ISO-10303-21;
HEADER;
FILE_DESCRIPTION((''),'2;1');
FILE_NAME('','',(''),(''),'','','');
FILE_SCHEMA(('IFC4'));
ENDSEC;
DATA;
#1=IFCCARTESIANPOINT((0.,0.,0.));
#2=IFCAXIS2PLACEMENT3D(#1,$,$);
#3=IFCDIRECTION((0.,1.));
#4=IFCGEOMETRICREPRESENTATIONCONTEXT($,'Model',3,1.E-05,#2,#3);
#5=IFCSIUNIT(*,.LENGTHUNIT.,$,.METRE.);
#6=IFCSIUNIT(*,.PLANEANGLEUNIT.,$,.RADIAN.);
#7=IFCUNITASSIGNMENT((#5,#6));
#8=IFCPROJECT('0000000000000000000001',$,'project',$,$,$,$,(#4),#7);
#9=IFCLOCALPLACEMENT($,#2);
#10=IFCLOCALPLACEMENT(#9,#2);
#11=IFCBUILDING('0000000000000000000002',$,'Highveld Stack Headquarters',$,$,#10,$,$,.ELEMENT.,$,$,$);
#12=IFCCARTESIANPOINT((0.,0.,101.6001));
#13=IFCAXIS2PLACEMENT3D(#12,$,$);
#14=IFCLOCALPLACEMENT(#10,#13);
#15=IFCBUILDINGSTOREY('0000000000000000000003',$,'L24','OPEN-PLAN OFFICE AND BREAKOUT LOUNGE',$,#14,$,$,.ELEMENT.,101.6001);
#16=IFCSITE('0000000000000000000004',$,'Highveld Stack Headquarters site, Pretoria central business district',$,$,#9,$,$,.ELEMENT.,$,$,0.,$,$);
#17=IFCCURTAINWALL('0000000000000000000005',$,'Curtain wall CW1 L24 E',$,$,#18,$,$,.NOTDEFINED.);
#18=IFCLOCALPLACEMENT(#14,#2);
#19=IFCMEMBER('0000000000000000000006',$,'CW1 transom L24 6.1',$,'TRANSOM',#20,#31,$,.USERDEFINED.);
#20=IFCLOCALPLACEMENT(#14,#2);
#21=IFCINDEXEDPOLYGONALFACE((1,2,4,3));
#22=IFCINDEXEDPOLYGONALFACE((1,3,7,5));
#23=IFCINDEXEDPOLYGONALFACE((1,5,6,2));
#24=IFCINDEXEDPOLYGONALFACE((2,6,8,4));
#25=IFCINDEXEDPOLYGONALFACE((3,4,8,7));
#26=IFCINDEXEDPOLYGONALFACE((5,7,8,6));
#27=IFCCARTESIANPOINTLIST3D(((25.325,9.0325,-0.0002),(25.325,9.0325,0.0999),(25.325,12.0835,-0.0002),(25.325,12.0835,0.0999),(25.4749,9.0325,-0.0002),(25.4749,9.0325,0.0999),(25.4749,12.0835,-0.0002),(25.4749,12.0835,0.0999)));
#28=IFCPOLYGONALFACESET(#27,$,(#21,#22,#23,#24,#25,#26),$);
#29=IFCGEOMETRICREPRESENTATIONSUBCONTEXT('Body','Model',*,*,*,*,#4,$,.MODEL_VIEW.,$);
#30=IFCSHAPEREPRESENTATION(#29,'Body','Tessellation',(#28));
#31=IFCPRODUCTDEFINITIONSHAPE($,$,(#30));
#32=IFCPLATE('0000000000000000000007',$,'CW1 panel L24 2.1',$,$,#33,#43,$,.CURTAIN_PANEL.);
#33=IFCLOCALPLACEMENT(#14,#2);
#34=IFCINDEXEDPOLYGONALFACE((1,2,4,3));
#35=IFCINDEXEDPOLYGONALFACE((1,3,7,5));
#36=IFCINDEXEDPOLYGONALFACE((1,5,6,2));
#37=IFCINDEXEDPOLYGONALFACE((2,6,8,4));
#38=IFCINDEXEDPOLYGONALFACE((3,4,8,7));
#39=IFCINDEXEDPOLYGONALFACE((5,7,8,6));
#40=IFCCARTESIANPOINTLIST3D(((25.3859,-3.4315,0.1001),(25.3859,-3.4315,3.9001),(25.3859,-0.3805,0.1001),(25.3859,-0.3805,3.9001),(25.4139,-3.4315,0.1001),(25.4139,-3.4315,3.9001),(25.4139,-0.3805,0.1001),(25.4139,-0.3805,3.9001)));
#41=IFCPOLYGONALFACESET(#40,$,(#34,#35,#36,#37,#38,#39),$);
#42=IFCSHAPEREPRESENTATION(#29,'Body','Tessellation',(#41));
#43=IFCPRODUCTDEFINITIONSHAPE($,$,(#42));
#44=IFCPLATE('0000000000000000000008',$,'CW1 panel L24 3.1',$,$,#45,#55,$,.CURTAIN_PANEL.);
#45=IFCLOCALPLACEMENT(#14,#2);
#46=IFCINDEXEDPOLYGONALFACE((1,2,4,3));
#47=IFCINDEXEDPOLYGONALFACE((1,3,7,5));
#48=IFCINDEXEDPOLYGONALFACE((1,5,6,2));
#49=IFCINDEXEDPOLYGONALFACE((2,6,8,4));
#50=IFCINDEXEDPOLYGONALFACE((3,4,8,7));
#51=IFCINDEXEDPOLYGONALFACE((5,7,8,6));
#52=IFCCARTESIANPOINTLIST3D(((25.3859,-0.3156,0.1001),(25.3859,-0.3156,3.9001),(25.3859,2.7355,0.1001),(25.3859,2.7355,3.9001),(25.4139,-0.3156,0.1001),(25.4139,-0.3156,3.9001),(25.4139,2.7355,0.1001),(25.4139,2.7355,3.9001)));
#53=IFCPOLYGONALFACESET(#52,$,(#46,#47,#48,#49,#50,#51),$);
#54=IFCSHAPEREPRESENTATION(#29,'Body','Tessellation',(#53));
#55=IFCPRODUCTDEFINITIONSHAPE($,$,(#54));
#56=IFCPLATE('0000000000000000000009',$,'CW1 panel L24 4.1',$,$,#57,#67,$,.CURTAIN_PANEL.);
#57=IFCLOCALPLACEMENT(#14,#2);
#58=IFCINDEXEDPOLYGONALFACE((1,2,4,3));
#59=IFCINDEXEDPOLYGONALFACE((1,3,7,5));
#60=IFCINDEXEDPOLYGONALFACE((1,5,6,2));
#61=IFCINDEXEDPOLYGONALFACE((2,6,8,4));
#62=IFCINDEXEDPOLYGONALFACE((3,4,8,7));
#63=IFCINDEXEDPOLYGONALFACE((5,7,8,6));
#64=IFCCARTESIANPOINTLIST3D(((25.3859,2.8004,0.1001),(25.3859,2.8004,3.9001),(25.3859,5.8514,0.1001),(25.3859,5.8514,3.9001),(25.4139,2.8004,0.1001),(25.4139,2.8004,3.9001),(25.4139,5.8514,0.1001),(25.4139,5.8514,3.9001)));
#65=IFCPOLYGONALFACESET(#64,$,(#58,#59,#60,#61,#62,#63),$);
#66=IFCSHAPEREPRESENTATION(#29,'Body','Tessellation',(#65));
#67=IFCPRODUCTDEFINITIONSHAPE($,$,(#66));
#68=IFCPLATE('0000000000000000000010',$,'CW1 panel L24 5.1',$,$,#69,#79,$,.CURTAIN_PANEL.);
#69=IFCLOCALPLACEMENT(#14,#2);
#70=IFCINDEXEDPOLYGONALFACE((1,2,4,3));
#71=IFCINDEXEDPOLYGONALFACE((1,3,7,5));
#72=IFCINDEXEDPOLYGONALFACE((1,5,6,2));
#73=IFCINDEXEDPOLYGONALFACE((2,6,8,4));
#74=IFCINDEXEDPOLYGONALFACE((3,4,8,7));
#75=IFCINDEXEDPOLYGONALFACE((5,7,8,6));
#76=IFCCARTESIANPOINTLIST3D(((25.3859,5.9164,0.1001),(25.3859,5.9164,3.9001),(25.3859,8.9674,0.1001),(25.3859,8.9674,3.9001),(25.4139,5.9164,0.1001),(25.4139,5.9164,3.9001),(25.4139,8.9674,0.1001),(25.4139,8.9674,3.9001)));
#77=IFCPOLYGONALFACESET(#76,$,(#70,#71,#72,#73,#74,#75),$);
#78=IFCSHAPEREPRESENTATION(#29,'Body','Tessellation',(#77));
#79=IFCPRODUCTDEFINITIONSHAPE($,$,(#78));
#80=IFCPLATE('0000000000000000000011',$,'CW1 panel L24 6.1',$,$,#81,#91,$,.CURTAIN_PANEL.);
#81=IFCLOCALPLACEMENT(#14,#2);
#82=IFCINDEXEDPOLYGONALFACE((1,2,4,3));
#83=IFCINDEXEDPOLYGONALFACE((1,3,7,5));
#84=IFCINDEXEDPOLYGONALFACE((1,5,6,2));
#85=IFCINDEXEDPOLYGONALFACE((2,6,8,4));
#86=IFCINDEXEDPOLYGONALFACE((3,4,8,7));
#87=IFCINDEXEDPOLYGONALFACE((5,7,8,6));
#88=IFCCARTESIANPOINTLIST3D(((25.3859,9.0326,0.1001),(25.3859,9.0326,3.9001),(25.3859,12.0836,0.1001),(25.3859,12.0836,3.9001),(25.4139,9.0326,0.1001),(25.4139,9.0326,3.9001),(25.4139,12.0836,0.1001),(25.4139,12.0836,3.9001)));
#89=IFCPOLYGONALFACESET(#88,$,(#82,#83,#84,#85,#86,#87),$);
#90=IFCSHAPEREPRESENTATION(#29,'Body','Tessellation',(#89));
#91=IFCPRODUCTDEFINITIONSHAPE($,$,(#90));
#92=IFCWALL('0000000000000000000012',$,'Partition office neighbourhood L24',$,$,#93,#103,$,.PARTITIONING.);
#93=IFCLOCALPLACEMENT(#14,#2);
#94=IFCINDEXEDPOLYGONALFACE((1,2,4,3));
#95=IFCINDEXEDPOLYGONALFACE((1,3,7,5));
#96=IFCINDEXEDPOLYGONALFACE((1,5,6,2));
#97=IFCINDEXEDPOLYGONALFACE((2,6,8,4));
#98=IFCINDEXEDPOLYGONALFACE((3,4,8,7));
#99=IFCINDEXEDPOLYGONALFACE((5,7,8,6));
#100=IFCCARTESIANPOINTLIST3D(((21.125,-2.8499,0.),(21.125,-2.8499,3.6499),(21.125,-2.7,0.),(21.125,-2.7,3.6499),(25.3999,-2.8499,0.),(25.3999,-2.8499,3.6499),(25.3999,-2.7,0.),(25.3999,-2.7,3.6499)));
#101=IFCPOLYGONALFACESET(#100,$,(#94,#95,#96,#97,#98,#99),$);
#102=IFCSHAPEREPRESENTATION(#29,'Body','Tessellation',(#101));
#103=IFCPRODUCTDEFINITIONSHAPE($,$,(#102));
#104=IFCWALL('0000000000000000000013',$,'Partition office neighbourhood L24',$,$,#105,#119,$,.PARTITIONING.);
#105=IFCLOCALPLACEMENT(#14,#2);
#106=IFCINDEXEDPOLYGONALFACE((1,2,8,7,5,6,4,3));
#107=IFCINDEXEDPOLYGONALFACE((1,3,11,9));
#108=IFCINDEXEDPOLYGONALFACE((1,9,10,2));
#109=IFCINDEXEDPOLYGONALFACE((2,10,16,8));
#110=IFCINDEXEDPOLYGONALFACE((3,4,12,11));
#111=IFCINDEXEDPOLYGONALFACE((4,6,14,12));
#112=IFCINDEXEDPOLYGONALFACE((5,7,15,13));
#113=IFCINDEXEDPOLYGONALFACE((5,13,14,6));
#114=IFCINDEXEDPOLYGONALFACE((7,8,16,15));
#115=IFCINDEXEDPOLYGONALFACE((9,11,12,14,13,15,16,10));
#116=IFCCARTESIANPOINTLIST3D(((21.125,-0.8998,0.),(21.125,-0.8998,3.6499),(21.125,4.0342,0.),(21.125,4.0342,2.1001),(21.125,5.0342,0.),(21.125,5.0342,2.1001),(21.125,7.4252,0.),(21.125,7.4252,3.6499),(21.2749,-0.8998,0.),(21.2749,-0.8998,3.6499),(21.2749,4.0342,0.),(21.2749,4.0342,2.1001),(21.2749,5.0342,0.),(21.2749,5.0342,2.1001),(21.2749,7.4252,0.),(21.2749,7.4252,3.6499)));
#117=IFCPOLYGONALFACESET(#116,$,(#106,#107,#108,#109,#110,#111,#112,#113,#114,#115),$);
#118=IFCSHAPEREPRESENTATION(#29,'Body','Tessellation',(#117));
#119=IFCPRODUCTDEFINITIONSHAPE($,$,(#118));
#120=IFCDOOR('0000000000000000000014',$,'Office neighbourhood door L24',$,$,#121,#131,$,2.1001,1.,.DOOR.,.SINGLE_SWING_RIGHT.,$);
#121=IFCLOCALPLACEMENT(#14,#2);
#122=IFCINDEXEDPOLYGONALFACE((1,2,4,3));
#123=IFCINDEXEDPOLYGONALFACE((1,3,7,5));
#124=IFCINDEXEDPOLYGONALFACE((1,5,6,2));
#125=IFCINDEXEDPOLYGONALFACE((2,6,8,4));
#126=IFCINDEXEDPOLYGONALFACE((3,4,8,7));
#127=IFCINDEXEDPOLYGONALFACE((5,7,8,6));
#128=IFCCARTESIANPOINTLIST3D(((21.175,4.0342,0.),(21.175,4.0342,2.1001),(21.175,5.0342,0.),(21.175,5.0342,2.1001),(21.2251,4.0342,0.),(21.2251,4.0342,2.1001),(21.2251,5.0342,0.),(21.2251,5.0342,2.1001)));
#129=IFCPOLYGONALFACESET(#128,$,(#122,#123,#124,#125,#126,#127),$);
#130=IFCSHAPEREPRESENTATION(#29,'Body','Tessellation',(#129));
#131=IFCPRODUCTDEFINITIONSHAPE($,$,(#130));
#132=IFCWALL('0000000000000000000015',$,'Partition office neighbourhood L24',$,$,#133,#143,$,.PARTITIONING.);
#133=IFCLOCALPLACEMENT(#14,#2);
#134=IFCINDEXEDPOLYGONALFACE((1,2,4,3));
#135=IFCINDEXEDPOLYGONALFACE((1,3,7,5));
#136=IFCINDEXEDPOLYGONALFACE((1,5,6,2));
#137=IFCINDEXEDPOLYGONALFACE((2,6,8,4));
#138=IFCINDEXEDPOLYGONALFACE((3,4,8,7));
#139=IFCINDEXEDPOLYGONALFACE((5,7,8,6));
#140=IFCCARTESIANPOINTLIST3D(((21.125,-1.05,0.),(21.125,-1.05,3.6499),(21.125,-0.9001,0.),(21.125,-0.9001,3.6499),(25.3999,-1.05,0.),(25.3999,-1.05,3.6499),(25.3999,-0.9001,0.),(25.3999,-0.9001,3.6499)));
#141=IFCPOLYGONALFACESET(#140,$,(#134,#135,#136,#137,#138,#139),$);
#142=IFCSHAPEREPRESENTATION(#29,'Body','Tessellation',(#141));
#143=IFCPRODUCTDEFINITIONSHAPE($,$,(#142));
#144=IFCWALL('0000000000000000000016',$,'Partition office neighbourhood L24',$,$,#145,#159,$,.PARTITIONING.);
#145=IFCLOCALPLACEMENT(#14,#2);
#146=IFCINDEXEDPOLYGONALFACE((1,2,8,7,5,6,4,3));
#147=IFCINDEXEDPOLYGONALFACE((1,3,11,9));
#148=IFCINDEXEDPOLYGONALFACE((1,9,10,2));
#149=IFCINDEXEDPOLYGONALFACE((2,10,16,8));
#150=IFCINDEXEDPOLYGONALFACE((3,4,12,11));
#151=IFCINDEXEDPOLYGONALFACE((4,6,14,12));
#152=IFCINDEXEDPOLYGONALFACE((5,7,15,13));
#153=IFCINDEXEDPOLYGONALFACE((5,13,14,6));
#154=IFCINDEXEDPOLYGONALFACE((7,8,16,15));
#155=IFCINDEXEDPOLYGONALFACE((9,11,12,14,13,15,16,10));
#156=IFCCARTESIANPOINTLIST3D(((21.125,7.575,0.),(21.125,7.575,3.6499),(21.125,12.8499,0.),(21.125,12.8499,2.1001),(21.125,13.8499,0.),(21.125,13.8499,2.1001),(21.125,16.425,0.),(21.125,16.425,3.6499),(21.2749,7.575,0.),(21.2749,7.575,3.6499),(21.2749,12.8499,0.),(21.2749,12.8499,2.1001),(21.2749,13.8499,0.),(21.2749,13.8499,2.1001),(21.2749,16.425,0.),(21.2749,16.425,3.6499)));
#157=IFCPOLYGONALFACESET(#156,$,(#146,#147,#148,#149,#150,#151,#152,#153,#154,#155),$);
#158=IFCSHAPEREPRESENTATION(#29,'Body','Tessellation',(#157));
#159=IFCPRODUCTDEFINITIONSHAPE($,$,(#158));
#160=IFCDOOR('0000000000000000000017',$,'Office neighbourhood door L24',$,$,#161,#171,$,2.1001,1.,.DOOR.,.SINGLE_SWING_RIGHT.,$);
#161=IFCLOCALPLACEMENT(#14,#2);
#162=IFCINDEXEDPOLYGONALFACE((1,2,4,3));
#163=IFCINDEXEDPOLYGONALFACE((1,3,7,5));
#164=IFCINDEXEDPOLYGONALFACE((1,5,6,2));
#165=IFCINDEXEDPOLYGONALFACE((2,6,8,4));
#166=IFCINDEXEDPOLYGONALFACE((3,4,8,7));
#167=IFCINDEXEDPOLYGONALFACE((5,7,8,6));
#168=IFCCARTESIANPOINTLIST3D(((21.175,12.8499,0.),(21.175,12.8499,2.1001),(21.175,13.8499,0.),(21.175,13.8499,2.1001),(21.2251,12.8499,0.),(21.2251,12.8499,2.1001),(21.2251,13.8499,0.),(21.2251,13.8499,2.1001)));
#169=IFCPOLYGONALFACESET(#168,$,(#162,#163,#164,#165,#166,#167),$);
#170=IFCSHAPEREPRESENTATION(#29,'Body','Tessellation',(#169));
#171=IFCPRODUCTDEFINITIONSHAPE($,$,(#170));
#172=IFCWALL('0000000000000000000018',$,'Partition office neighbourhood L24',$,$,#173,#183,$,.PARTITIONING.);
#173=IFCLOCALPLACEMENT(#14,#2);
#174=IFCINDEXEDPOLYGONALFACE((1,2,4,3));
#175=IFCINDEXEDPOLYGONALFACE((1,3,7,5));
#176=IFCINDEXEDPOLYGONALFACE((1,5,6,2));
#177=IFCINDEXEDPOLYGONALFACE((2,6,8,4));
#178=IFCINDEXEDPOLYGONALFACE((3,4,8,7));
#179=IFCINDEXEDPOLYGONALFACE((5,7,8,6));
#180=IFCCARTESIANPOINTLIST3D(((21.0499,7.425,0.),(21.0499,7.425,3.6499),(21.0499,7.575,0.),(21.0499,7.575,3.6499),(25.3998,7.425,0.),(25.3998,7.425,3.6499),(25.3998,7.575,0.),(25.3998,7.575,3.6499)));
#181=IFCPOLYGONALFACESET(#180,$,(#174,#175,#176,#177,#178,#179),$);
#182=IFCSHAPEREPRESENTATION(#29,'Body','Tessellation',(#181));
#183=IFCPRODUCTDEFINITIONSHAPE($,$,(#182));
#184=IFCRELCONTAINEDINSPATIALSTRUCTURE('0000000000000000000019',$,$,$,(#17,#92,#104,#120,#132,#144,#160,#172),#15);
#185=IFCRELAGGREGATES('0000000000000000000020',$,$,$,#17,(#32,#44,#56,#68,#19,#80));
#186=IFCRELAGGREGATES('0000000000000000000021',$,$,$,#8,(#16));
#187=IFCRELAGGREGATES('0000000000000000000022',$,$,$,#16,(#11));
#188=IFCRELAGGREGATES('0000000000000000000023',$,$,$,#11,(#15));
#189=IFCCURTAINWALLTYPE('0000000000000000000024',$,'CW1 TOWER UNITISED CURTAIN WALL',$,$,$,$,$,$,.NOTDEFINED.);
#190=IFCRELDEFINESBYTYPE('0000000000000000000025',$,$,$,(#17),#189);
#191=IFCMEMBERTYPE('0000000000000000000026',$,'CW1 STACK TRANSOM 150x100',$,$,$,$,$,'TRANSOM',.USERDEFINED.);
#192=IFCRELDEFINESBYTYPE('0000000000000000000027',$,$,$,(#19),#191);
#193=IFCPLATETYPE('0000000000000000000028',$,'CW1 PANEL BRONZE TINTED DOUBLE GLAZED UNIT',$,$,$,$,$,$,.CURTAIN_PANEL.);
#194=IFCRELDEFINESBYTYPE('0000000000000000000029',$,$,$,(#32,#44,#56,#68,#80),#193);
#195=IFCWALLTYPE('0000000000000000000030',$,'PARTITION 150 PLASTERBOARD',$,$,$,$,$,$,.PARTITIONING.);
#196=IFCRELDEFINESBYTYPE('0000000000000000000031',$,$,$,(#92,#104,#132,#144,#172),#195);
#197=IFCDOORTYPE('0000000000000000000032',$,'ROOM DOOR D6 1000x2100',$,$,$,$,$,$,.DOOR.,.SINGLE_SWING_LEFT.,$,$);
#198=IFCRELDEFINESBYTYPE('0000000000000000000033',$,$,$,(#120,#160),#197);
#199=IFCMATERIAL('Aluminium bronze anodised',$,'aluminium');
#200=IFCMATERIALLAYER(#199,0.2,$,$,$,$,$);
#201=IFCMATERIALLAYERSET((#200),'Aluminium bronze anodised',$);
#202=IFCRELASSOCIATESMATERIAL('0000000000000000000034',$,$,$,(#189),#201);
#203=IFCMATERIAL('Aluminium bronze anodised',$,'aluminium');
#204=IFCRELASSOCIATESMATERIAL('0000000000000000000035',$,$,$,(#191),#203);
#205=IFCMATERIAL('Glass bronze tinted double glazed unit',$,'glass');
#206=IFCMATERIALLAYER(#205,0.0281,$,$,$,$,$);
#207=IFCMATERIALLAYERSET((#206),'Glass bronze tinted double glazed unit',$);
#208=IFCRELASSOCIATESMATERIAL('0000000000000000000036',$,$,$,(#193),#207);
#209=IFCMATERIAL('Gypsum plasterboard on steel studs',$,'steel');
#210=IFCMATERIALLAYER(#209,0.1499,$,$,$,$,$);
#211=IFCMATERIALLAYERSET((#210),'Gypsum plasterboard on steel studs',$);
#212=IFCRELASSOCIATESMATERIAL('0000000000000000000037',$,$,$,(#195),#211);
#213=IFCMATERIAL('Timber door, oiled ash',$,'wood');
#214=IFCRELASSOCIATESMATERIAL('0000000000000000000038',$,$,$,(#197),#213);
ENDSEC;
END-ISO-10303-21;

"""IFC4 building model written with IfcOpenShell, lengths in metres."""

from ifc_helpers import new_model, si_unit, direction, frame, frame_2d, origin, origin_2d, place, context, subcontext, project, spatial, rectangle, extrude, material, layer, layer_set, material_profile, profile_set, type_object, element, fill, aggregate, save


model = new_model("IFC4")

# Units and contexts
model_context = context("Model", 3, precision=1e-05, world=origin(), true_north=direction((0.0, 1.0)))
body_context = subcontext(model_context, "Body", "Model", "MODEL_VIEW")
ifc_project = project(units=[si_unit("LENGTHUNIT", "METRE"), si_unit("PLANEANGLEUNIT", "RADIAN")], contexts=[model_context])

# Site, building, storey
site_placement = place(None, origin())
site = spatial("IfcSite", under=ifc_project, at=site_placement, Name="Highveld Stack Headquarters site, Pretoria central business district", CompositionType="ELEMENT", RefElevation=0.0)
building_placement = place(site_placement, origin())
building = spatial("IfcBuilding", under=site, at=building_placement, Name="Highveld Stack Headquarters", CompositionType="ELEMENT")
storey_placement = place(building_placement, frame((0.0, 0.0, 101.6001)))
storey = spatial("IfcBuildingStorey", under=building, at=storey_placement, Name="L24", Description="OPEN-PLAN OFFICE AND BREAKOUT LOUNGE", CompositionType="ELEMENT", Elevation=101.6001)

# Curtain wall, member, plates
ifc_material_1 = material(Name="Aluminium bronze anodised", Category="aluminium")
ifc_layer_1 = layer(ifc_material_1, 0.2)
ifc_layer_set_1 = layer_set([ifc_layer_1], Name="Aluminium bronze anodised")
curtain_wall_type = type_object("IfcCurtainWallType", Name="CW1 TOWER UNITISED CURTAIN WALL", PredefinedType="NOTDEFINED", material=ifc_layer_set_1)
curtain_wall_placement = place(storey_placement, origin())
curtain_wall = element("IfcCurtainWall", 1, at=curtain_wall_placement, inside=storey, type_object=curtain_wall_type, Name="Curtain wall CW1 L24 E", PredefinedType="NOTDEFINED")
ifc_material_2 = material(Name="Aluminium bronze anodised", Category="aluminium")
ifc_material_profile_1 = material_profile(ifc_material_2, rectangle(XDim=0.1499, YDim=0.1001, at=origin_2d()), Name="CW1 TRANSOM 150x100")
ifc_profile_set_1 = profile_set([ifc_material_profile_1], Name="Aluminium bronze anodised")
member_type_1 = type_object("IfcMemberType", Name="CW1 STACK TRANSOM 150x100", ElementType="TRANSOM", PredefinedType="USERDEFINED", material=ifc_profile_set_1)
member_1_placement = place(storey_placement, frame((25.3999, 9.0325, 0.0498), z_axis=(0.0, 1.0, 0.0), x_axis=(-1.0, 0.0, 0.0)))
member_1 = element("IfcMember", 2, at=member_1_placement, type_object=member_type_1, Name="CW1 transom L24 6.1", ObjectType="TRANSOM", PredefinedType="USERDEFINED", context=body_context, shape_type="SweptSolid", body=[
    extrude(rectangle(XDim=0.1499, YDim=0.1001, at=origin_2d()), origin(), (0.0, 0.0, 1.0), 3.051),
])
ifc_material_3 = material(Name="Glass bronze tinted double glazed unit", Category="glass")
ifc_layer_2 = layer(ifc_material_3, 0.0281)
ifc_layer_set_2 = layer_set([ifc_layer_2], Name="Glass bronze tinted double glazed unit")
plate_type = type_object("IfcPlateType", Name="CW1 PANEL BRONZE TINTED DOUBLE GLAZED UNIT", PredefinedType="CURTAIN_PANEL", material=ifc_layer_set_2)
plate_1_placement = place(storey_placement, frame((25.3999, -1.906, 0.1001), z_axis=(0.0, 0.0, 1.0), x_axis=(0.0, 1.0, 0.0)))
plate_1 = element("IfcPlate", 3, at=plate_1_placement, type_object=plate_type, Name="CW1 panel L24 2.1", PredefinedType="CURTAIN_PANEL", context=body_context, shape_type="SweptSolid", body=[
    extrude(rectangle(XDim=3.051, YDim=0.0281, at=origin_2d()), origin(), (0.0, 0.0, 1.0), 3.8),
])
plate_2_placement = place(storey_placement, frame((25.3999, 1.21, 0.1001), z_axis=(0.0, 0.0, 1.0), x_axis=(0.0, 1.0, 0.0)))
plate_2 = element("IfcPlate", 4, at=plate_2_placement, type_object=plate_type, Name="CW1 panel L24 3.1", PredefinedType="CURTAIN_PANEL", context=body_context, shape_type="SweptSolid", body=[
    extrude(rectangle(XDim=3.051, YDim=0.0281, at=origin_2d()), origin(), (0.0, 0.0, 1.0), 3.8),
])
plate_3_placement = place(storey_placement, frame((25.3999, 4.3259, 0.1001), z_axis=(0.0, 0.0, 1.0), x_axis=(0.0, 1.0, 0.0)))
plate_3 = element("IfcPlate", 5, at=plate_3_placement, type_object=plate_type, Name="CW1 panel L24 4.1", PredefinedType="CURTAIN_PANEL", context=body_context, shape_type="SweptSolid", body=[
    extrude(rectangle(XDim=3.051, YDim=0.0281, at=origin_2d()), origin(), (0.0, 0.0, 1.0), 3.8),
])
plate_4_placement = place(storey_placement, frame((25.3999, 7.4419, 0.1001), z_axis=(0.0, 0.0, 1.0), x_axis=(0.0, 1.0, 0.0)))
plate_4 = element("IfcPlate", 6, at=plate_4_placement, type_object=plate_type, Name="CW1 panel L24 5.1", PredefinedType="CURTAIN_PANEL", context=body_context, shape_type="SweptSolid", body=[
    extrude(rectangle(XDim=3.051, YDim=0.0281, at=origin_2d()), origin(), (0.0, 0.0, 1.0), 3.8),
])
plate_5_placement = place(storey_placement, frame((25.3999, 10.5581, 0.1001), z_axis=(0.0, 0.0, 1.0), x_axis=(0.0, 1.0, 0.0)))
plate_5 = element("IfcPlate", 7, at=plate_5_placement, type_object=plate_type, Name="CW1 panel L24 6.1", PredefinedType="CURTAIN_PANEL", context=body_context, shape_type="SweptSolid", body=[
    extrude(rectangle(XDim=3.051, YDim=0.0281, at=origin_2d()), origin(), (0.0, 0.0, 1.0), 3.8),
])
aggregate(curtain_wall, [plate_1, plate_2, plate_3, plate_4, member_1, plate_5])

# Wall
ifc_material_4 = material(Name="Gypsum plasterboard on steel studs", Category="steel")
ifc_layer_3 = layer(ifc_material_4, 0.1499)
ifc_layer_set_3 = layer_set([ifc_layer_3], Name="Gypsum plasterboard on steel studs")
wall_type = type_object("IfcWallType", Name="PARTITION 150 PLASTERBOARD", PredefinedType="PARTITIONING", material=ifc_layer_set_3)
wall_1_placement = place(storey_placement, frame((21.125, -2.7749, 0.0), z_axis=(0.0, 0.0, 1.0), x_axis=(1.0, 0.0, 0.0)))
element("IfcWall", 8, at=wall_1_placement, inside=storey, type_object=wall_type, Name="Partition office neighbourhood L24", PredefinedType="PARTITIONING", context=body_context, shape_type="SweptSolid", body=[
    extrude(rectangle(XDim=4.2749, YDim=0.1499, at=frame_2d((2.1375, 0.0))), origin(), (0.0, 0.0, 1.0), 3.6499),
])

# Wall, opening, door
wall_2_placement = place(storey_placement, frame((21.2, -0.8999, 0.0), z_axis=(0.0, 0.0, 1.0), x_axis=(0.0, 1.0, 0.0)))
wall_2 = element("IfcWall", 9, at=wall_2_placement, inside=storey, type_object=wall_type, Name="Partition office neighbourhood L24", PredefinedType="PARTITIONING", context=body_context, shape_type="SweptSolid", body=[
    extrude(rectangle(XDim=8.325, YDim=0.1499, at=frame_2d((4.1626, 0.0))), origin(), (0.0, 0.0, 1.0), 3.6499),
])
opening_1_placement = place(wall_2_placement, frame((4.9341, 0.0, 0.0)))
opening_1 = element("IfcOpeningElement", 10, at=opening_1_placement, cuts=wall_2, PredefinedType="OPENING", context=body_context, shape_type="SweptSolid", body=[
    extrude(rectangle(XDim=1.0, YDim=2.1001, at=frame_2d((0.5, 1.05))), frame((0.0, 0.085, 0.0), z_axis=(0.0, -1.0, 0.0), x_axis=(1.0, 0.0, 0.0)), (0.0, 0.0, 1.0), 0.1699),
])
ifc_material_5 = material(Name="Timber door, oiled ash", Category="wood")
door_type = type_object("IfcDoorType", Name="ROOM DOOR D6 1000x2100", OperationType="SINGLE_SWING_LEFT", PredefinedType="DOOR", material=ifc_material_5)
door_1_placement = place(opening_1_placement, origin())
door_1 = element("IfcDoor", 11, at=door_1_placement, inside=storey, type_object=door_type, Name="Office neighbourhood door L24", OperationType="SINGLE_SWING_RIGHT", OverallHeight=2.1001, OverallWidth=1.0, PredefinedType="DOOR", context=body_context, shape_type="SweptSolid", body=[
    extrude(rectangle(XDim=1.0, YDim=2.1001, at=frame_2d((0.5, 1.05))), frame((0.0, 0.0249, 0.0), z_axis=(0.0, -1.0, 0.0), x_axis=(1.0, 0.0, 0.0)), (0.0, 0.0, 1.0), 0.05),
])
fill(opening_1, door_1)

# Wall
wall_3_placement = place(storey_placement, frame((21.125, -0.9751, 0.0), z_axis=(0.0, 0.0, 1.0), x_axis=(1.0, 0.0, 0.0)))
element("IfcWall", 12, at=wall_3_placement, inside=storey, type_object=wall_type, Name="Partition office neighbourhood L24", PredefinedType="PARTITIONING", context=body_context, shape_type="SweptSolid", body=[
    extrude(rectangle(XDim=4.2749, YDim=0.1499, at=frame_2d((2.1375, 0.0))), origin(), (0.0, 0.0, 1.0), 3.6499),
])

# Wall, opening, door
wall_4_placement = place(storey_placement, frame((21.2, 7.575, 0.0), z_axis=(0.0, 0.0, 1.0), x_axis=(0.0, 1.0, 0.0)))
wall_4 = element("IfcWall", 13, at=wall_4_placement, inside=storey, type_object=wall_type, Name="Partition office neighbourhood L24", PredefinedType="PARTITIONING", context=body_context, shape_type="SweptSolid", body=[
    extrude(rectangle(XDim=8.8501, YDim=0.1499, at=frame_2d((4.425, 0.0))), origin(), (0.0, 0.0, 1.0), 3.6499),
])
opening_2_placement = place(wall_4_placement, frame((5.2749, 0.0, 0.0)))
opening_2 = element("IfcOpeningElement", 14, at=opening_2_placement, cuts=wall_4, PredefinedType="OPENING", context=body_context, shape_type="SweptSolid", body=[
    extrude(rectangle(XDim=1.0, YDim=2.1001, at=frame_2d((0.5, 1.05))), frame((0.0, 0.085, 0.0), z_axis=(0.0, -1.0, 0.0), x_axis=(1.0, 0.0, 0.0)), (0.0, 0.0, 1.0), 0.1699),
])
door_2_placement = place(opening_2_placement, origin())
door_2 = element("IfcDoor", 15, at=door_2_placement, inside=storey, type_object=door_type, Name="Office neighbourhood door L24", OperationType="SINGLE_SWING_RIGHT", OverallHeight=2.1001, OverallWidth=1.0, PredefinedType="DOOR", context=body_context, shape_type="SweptSolid", body=[
    extrude(rectangle(XDim=1.0, YDim=2.1001, at=frame_2d((0.5, 1.05))), frame((0.0, 0.0249, 0.0), z_axis=(0.0, -1.0, 0.0), x_axis=(1.0, 0.0, 0.0)), (0.0, 0.0, 1.0), 0.05),
])
fill(opening_2, door_2)

# Wall
wall_5_placement = place(storey_placement, frame((21.05, 7.5, 0.0), z_axis=(0.0, 0.0, 1.0), x_axis=(1.0, 0.0, 0.0)))
element("IfcWall", 16, at=wall_5_placement, inside=storey, type_object=wall_type, Name="Partition office neighbourhood L24", PredefinedType="PARTITIONING", context=body_context, shape_type="SweptSolid", body=[
    extrude(rectangle(XDim=4.3499, YDim=0.1499, at=frame_2d((2.1748, 0.0))), origin(), (0.0, 0.0, 1.0), 3.6499),
])

save(model, "model.ifc")
